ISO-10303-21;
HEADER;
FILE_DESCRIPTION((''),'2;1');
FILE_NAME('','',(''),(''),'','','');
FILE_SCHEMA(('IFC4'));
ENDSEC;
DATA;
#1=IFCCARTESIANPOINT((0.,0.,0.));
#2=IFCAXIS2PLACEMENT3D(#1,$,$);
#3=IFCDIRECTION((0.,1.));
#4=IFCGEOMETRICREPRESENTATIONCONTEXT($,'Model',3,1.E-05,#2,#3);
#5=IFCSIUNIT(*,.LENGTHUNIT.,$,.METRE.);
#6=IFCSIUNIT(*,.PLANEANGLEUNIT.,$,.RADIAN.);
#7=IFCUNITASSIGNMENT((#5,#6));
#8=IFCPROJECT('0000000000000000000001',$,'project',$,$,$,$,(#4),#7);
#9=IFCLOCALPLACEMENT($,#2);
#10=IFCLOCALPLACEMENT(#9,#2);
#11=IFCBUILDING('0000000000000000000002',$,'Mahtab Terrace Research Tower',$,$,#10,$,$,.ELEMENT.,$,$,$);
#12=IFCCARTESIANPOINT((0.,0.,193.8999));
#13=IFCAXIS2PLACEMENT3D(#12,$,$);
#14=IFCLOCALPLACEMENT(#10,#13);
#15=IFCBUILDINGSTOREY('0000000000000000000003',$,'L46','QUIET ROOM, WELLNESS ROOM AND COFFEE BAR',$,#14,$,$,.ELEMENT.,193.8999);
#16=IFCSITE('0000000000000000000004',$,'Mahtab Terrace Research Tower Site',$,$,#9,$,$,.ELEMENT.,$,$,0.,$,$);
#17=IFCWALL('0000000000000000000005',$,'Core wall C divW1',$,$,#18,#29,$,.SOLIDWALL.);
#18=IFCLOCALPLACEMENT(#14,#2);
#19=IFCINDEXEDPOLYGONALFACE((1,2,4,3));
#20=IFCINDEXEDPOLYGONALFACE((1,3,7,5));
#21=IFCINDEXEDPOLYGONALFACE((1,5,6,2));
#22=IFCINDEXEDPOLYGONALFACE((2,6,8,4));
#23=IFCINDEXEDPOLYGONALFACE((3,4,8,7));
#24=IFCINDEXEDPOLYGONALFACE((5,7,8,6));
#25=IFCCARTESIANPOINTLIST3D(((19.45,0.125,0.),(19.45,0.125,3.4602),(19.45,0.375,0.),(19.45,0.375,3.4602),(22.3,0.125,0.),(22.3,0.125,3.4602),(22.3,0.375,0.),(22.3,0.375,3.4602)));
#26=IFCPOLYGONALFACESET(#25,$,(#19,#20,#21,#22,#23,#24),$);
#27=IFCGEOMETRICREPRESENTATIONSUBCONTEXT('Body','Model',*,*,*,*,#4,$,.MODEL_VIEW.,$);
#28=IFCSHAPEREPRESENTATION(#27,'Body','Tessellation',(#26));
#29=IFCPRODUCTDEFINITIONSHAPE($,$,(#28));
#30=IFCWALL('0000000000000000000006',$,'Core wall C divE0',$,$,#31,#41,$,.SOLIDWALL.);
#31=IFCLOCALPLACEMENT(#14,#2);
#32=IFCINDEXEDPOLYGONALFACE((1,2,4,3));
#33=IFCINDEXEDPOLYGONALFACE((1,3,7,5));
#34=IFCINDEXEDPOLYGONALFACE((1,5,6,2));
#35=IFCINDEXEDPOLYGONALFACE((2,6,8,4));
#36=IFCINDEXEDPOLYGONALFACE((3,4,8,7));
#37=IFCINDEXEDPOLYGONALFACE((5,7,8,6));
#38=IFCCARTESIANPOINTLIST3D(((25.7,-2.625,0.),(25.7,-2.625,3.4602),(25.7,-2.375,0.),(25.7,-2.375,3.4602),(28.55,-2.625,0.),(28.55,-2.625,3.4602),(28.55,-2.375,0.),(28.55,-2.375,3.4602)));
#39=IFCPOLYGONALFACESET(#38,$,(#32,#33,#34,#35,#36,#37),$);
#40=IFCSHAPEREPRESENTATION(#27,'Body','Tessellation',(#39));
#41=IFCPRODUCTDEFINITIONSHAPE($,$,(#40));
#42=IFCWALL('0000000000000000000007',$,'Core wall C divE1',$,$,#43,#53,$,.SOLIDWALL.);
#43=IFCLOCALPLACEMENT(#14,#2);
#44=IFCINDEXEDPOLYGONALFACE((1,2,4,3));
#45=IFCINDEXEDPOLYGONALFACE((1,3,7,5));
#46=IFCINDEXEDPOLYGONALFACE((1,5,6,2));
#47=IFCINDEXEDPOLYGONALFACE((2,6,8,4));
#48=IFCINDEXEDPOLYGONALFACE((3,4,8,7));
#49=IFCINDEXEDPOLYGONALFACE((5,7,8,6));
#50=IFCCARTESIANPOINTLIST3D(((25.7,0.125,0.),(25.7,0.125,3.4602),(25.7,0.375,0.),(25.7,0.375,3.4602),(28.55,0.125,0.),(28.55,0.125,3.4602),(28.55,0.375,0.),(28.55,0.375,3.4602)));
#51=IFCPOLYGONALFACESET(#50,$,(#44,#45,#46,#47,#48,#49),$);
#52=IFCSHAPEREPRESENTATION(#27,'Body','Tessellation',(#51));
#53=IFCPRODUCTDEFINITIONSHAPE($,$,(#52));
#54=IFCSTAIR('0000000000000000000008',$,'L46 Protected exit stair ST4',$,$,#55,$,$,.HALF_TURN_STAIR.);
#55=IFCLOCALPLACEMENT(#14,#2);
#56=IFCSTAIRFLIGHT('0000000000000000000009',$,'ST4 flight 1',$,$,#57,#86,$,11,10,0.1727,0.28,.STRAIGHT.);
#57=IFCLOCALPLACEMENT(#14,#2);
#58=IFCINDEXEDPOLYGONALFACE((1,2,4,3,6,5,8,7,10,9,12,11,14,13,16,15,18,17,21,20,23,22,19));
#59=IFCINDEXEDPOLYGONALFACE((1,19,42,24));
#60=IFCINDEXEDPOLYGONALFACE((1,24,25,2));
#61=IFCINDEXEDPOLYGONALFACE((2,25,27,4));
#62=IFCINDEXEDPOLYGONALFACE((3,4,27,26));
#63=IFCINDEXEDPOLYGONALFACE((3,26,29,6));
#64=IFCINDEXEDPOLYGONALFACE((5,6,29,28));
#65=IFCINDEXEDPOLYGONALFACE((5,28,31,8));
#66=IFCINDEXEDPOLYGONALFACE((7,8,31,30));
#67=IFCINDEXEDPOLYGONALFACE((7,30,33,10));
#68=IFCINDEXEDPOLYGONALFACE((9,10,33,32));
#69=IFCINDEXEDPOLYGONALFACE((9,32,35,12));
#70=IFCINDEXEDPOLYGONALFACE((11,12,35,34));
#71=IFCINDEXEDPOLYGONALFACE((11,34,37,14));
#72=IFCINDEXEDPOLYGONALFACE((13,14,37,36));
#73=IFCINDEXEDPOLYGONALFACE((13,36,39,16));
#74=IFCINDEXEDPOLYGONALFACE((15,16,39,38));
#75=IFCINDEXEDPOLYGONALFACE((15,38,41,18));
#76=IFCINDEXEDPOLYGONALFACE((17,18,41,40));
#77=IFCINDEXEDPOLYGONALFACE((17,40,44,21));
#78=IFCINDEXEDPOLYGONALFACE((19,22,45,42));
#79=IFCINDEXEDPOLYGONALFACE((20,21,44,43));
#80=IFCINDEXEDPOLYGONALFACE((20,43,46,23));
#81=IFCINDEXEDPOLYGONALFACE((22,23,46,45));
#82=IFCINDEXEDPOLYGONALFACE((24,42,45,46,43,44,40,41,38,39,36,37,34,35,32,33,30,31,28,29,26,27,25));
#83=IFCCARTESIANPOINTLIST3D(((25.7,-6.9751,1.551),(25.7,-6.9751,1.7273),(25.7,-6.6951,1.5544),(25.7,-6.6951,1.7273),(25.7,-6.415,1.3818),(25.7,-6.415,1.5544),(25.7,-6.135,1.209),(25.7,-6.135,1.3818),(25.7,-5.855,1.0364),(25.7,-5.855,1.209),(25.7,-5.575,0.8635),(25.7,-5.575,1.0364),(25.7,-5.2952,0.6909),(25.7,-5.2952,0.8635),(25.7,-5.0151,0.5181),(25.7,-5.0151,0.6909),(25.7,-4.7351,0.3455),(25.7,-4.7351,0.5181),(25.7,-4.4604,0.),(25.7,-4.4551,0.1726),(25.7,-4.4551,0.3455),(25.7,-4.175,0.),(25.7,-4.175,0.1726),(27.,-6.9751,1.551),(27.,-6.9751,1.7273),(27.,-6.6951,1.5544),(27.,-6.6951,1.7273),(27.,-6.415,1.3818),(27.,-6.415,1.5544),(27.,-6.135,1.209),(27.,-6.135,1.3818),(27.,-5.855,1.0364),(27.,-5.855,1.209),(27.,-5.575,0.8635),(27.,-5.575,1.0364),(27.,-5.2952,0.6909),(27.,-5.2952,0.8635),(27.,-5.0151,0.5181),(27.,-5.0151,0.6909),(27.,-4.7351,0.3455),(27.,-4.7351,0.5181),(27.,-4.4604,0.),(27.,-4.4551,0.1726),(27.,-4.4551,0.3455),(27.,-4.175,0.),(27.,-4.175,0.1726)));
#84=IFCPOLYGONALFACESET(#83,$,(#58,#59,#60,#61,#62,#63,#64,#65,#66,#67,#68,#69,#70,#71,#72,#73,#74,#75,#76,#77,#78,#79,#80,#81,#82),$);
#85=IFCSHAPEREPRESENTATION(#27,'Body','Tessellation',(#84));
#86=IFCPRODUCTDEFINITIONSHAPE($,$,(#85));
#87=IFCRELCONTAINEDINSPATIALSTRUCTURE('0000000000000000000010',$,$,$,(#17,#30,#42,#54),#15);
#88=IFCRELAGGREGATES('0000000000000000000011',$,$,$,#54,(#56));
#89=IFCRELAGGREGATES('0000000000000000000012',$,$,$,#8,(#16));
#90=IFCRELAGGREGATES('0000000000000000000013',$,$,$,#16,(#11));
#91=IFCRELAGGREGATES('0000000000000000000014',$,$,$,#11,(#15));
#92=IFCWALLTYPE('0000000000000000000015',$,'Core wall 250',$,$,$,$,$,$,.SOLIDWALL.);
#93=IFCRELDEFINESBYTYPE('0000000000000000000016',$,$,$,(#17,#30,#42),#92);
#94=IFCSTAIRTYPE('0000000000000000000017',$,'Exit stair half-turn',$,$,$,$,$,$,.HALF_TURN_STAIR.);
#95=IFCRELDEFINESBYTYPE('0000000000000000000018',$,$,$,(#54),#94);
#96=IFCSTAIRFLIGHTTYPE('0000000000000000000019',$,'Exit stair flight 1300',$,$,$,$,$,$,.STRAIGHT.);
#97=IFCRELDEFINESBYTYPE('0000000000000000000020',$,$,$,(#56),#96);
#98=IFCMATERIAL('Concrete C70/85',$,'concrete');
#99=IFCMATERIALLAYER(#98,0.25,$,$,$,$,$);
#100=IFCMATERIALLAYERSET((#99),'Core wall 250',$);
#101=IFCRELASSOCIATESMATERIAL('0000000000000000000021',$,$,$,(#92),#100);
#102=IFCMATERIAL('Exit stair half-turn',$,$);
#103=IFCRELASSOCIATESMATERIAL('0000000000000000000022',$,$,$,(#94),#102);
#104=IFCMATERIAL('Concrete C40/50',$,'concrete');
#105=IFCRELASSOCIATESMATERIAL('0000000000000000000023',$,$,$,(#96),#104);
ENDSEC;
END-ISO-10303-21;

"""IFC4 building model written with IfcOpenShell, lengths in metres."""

from ifc_helpers import new_model, si_unit, direction, frame, frame_2d, origin, place, context, subcontext, project, spatial, polyline, rectangle, outline, extrude, material, layer, layer_set, type_object, element, aggregate, save


model = new_model("IFC4")

# Units and contexts
model_context = context("Model", 3, precision=1e-05, world=origin(), true_north=direction((0.0, 1.0)))
body_context = subcontext(model_context, "Body", "Model", "MODEL_VIEW")
ifc_project = project(units=[si_unit("LENGTHUNIT", "METRE"), si_unit("PLANEANGLEUNIT", "RADIAN")], contexts=[model_context])

# Site, building, storey
site_placement = place(None, origin())
site = spatial("IfcSite", under=ifc_project, at=site_placement, Name="Mahtab Terrace Research Tower Site", CompositionType="ELEMENT", RefElevation=0.0)
building_placement = place(site_placement, origin())
building = spatial("IfcBuilding", under=site, at=building_placement, Name="Mahtab Terrace Research Tower", CompositionType="ELEMENT")
storey_placement = place(building_placement, frame((0.0, 0.0, 193.8999)))
storey = spatial("IfcBuildingStorey", under=building, at=storey_placement, Name="L46", Description="QUIET ROOM, WELLNESS ROOM AND COFFEE BAR", CompositionType="ELEMENT", Elevation=193.8999)

# Shared definitions
ifc_material_1 = material(Name="Concrete C70/85", Category="concrete")
ifc_layer = layer(ifc_material_1, 0.25)
ifc_layer_set = layer_set([ifc_layer], Name="Core wall 250")
wall_type = type_object("IfcWallType", Name="Core wall 250", PredefinedType="SOLIDWALL", material=ifc_layer_set)

# Walls
for number, where, z_axis, x_axis, name in (
    (1, (19.45, 0.25, 0.0), (0.0, 0.0, 1.0), (1.0, 0.0, 0.0), "Core wall C divW1"),
    (2, (25.7, -2.5, 0.0), (0.0, 0.0, 1.0), (1.0, 0.0, 0.0), "Core wall C divE0"),
    (3, (25.7, 0.25, 0.0), (0.0, 0.0, 1.0), (1.0, 0.0, 0.0), "Core wall C divE1"),
):
    element("IfcWall", number, at=place(storey_placement, frame(where, z_axis=z_axis, x_axis=x_axis)), inside=storey, type_object=wall_type, Name=name, PredefinedType="SOLIDWALL", context=body_context, shape_type="SweptSolid", body=[
        extrude(rectangle(XDim=2.8501, YDim=0.25, at=frame_2d((1.425, 0.0))), origin(), (0.0, 0.0, 1.0), 3.4602),
    ])

# Stair, stair flight
ifc_material_2 = material(Name="Exit stair half-turn")
stair_type = type_object("IfcStairType", Name="Exit stair half-turn", PredefinedType="HALF_TURN_STAIR", material=ifc_material_2)
stair_placement = place(storey_placement, origin())
stair = element("IfcStair", 4, at=stair_placement, inside=storey, type_object=stair_type, Name="L46 Protected exit stair ST4", PredefinedType="HALF_TURN_STAIR")
ifc_material_3 = material(Name="Concrete C40/50", Category="concrete")
stair_flight_type = type_object("IfcStairFlightType", Name="Exit stair flight 1300", PredefinedType="STRAIGHT", material=ifc_material_3)
stair_flight_placement = place(storey_placement, frame((26.3501, -4.175, 0.0), z_axis=(0.0, 0.0, 1.0), x_axis=(0.0, -1.0, 0.0)))
stair_flight = element("IfcStairFlight", 5, at=stair_flight_placement, type_object=stair_flight_type, Name="ST4 flight 1", NumberOfRisers=11, NumberOfTreads=10, PredefinedType="STRAIGHT", RiserHeight=0.1727, TreadLength=0.28, context=body_context, shape_type="SweptSolid", body=[
    extrude(outline(polyline([(0.0, 0.0), (0.0, 0.1726), (0.28, 0.1726), (0.28, 0.3455), (0.5601, 0.3455), (0.5601, 0.5181), (0.8401, 0.5181), (0.8401, 0.6909), (1.1201, 0.6909), (1.1201, 0.8635), (1.3999, 0.8635), (1.3999, 1.0364), (1.6799, 1.0364), (1.6799, 1.209), (1.96, 1.209), (1.96, 1.3818), (2.24, 1.3818), (2.24, 1.5544), (2.52, 1.5544), (2.52, 1.7273), (2.8, 1.7273), (2.8, 1.8999), (2.8, 1.551), (0.2854, 0.0), (0.0, 0.0)])), frame((0.0, 0.6499, 0.0), z_axis=(0.0, -1.0, 0.0), x_axis=(1.0, 0.0, 0.0)), (0.0, 0.0, 1.0), 1.3),
])
aggregate(stair, [stair_flight])

save(model, "model.ifc")
